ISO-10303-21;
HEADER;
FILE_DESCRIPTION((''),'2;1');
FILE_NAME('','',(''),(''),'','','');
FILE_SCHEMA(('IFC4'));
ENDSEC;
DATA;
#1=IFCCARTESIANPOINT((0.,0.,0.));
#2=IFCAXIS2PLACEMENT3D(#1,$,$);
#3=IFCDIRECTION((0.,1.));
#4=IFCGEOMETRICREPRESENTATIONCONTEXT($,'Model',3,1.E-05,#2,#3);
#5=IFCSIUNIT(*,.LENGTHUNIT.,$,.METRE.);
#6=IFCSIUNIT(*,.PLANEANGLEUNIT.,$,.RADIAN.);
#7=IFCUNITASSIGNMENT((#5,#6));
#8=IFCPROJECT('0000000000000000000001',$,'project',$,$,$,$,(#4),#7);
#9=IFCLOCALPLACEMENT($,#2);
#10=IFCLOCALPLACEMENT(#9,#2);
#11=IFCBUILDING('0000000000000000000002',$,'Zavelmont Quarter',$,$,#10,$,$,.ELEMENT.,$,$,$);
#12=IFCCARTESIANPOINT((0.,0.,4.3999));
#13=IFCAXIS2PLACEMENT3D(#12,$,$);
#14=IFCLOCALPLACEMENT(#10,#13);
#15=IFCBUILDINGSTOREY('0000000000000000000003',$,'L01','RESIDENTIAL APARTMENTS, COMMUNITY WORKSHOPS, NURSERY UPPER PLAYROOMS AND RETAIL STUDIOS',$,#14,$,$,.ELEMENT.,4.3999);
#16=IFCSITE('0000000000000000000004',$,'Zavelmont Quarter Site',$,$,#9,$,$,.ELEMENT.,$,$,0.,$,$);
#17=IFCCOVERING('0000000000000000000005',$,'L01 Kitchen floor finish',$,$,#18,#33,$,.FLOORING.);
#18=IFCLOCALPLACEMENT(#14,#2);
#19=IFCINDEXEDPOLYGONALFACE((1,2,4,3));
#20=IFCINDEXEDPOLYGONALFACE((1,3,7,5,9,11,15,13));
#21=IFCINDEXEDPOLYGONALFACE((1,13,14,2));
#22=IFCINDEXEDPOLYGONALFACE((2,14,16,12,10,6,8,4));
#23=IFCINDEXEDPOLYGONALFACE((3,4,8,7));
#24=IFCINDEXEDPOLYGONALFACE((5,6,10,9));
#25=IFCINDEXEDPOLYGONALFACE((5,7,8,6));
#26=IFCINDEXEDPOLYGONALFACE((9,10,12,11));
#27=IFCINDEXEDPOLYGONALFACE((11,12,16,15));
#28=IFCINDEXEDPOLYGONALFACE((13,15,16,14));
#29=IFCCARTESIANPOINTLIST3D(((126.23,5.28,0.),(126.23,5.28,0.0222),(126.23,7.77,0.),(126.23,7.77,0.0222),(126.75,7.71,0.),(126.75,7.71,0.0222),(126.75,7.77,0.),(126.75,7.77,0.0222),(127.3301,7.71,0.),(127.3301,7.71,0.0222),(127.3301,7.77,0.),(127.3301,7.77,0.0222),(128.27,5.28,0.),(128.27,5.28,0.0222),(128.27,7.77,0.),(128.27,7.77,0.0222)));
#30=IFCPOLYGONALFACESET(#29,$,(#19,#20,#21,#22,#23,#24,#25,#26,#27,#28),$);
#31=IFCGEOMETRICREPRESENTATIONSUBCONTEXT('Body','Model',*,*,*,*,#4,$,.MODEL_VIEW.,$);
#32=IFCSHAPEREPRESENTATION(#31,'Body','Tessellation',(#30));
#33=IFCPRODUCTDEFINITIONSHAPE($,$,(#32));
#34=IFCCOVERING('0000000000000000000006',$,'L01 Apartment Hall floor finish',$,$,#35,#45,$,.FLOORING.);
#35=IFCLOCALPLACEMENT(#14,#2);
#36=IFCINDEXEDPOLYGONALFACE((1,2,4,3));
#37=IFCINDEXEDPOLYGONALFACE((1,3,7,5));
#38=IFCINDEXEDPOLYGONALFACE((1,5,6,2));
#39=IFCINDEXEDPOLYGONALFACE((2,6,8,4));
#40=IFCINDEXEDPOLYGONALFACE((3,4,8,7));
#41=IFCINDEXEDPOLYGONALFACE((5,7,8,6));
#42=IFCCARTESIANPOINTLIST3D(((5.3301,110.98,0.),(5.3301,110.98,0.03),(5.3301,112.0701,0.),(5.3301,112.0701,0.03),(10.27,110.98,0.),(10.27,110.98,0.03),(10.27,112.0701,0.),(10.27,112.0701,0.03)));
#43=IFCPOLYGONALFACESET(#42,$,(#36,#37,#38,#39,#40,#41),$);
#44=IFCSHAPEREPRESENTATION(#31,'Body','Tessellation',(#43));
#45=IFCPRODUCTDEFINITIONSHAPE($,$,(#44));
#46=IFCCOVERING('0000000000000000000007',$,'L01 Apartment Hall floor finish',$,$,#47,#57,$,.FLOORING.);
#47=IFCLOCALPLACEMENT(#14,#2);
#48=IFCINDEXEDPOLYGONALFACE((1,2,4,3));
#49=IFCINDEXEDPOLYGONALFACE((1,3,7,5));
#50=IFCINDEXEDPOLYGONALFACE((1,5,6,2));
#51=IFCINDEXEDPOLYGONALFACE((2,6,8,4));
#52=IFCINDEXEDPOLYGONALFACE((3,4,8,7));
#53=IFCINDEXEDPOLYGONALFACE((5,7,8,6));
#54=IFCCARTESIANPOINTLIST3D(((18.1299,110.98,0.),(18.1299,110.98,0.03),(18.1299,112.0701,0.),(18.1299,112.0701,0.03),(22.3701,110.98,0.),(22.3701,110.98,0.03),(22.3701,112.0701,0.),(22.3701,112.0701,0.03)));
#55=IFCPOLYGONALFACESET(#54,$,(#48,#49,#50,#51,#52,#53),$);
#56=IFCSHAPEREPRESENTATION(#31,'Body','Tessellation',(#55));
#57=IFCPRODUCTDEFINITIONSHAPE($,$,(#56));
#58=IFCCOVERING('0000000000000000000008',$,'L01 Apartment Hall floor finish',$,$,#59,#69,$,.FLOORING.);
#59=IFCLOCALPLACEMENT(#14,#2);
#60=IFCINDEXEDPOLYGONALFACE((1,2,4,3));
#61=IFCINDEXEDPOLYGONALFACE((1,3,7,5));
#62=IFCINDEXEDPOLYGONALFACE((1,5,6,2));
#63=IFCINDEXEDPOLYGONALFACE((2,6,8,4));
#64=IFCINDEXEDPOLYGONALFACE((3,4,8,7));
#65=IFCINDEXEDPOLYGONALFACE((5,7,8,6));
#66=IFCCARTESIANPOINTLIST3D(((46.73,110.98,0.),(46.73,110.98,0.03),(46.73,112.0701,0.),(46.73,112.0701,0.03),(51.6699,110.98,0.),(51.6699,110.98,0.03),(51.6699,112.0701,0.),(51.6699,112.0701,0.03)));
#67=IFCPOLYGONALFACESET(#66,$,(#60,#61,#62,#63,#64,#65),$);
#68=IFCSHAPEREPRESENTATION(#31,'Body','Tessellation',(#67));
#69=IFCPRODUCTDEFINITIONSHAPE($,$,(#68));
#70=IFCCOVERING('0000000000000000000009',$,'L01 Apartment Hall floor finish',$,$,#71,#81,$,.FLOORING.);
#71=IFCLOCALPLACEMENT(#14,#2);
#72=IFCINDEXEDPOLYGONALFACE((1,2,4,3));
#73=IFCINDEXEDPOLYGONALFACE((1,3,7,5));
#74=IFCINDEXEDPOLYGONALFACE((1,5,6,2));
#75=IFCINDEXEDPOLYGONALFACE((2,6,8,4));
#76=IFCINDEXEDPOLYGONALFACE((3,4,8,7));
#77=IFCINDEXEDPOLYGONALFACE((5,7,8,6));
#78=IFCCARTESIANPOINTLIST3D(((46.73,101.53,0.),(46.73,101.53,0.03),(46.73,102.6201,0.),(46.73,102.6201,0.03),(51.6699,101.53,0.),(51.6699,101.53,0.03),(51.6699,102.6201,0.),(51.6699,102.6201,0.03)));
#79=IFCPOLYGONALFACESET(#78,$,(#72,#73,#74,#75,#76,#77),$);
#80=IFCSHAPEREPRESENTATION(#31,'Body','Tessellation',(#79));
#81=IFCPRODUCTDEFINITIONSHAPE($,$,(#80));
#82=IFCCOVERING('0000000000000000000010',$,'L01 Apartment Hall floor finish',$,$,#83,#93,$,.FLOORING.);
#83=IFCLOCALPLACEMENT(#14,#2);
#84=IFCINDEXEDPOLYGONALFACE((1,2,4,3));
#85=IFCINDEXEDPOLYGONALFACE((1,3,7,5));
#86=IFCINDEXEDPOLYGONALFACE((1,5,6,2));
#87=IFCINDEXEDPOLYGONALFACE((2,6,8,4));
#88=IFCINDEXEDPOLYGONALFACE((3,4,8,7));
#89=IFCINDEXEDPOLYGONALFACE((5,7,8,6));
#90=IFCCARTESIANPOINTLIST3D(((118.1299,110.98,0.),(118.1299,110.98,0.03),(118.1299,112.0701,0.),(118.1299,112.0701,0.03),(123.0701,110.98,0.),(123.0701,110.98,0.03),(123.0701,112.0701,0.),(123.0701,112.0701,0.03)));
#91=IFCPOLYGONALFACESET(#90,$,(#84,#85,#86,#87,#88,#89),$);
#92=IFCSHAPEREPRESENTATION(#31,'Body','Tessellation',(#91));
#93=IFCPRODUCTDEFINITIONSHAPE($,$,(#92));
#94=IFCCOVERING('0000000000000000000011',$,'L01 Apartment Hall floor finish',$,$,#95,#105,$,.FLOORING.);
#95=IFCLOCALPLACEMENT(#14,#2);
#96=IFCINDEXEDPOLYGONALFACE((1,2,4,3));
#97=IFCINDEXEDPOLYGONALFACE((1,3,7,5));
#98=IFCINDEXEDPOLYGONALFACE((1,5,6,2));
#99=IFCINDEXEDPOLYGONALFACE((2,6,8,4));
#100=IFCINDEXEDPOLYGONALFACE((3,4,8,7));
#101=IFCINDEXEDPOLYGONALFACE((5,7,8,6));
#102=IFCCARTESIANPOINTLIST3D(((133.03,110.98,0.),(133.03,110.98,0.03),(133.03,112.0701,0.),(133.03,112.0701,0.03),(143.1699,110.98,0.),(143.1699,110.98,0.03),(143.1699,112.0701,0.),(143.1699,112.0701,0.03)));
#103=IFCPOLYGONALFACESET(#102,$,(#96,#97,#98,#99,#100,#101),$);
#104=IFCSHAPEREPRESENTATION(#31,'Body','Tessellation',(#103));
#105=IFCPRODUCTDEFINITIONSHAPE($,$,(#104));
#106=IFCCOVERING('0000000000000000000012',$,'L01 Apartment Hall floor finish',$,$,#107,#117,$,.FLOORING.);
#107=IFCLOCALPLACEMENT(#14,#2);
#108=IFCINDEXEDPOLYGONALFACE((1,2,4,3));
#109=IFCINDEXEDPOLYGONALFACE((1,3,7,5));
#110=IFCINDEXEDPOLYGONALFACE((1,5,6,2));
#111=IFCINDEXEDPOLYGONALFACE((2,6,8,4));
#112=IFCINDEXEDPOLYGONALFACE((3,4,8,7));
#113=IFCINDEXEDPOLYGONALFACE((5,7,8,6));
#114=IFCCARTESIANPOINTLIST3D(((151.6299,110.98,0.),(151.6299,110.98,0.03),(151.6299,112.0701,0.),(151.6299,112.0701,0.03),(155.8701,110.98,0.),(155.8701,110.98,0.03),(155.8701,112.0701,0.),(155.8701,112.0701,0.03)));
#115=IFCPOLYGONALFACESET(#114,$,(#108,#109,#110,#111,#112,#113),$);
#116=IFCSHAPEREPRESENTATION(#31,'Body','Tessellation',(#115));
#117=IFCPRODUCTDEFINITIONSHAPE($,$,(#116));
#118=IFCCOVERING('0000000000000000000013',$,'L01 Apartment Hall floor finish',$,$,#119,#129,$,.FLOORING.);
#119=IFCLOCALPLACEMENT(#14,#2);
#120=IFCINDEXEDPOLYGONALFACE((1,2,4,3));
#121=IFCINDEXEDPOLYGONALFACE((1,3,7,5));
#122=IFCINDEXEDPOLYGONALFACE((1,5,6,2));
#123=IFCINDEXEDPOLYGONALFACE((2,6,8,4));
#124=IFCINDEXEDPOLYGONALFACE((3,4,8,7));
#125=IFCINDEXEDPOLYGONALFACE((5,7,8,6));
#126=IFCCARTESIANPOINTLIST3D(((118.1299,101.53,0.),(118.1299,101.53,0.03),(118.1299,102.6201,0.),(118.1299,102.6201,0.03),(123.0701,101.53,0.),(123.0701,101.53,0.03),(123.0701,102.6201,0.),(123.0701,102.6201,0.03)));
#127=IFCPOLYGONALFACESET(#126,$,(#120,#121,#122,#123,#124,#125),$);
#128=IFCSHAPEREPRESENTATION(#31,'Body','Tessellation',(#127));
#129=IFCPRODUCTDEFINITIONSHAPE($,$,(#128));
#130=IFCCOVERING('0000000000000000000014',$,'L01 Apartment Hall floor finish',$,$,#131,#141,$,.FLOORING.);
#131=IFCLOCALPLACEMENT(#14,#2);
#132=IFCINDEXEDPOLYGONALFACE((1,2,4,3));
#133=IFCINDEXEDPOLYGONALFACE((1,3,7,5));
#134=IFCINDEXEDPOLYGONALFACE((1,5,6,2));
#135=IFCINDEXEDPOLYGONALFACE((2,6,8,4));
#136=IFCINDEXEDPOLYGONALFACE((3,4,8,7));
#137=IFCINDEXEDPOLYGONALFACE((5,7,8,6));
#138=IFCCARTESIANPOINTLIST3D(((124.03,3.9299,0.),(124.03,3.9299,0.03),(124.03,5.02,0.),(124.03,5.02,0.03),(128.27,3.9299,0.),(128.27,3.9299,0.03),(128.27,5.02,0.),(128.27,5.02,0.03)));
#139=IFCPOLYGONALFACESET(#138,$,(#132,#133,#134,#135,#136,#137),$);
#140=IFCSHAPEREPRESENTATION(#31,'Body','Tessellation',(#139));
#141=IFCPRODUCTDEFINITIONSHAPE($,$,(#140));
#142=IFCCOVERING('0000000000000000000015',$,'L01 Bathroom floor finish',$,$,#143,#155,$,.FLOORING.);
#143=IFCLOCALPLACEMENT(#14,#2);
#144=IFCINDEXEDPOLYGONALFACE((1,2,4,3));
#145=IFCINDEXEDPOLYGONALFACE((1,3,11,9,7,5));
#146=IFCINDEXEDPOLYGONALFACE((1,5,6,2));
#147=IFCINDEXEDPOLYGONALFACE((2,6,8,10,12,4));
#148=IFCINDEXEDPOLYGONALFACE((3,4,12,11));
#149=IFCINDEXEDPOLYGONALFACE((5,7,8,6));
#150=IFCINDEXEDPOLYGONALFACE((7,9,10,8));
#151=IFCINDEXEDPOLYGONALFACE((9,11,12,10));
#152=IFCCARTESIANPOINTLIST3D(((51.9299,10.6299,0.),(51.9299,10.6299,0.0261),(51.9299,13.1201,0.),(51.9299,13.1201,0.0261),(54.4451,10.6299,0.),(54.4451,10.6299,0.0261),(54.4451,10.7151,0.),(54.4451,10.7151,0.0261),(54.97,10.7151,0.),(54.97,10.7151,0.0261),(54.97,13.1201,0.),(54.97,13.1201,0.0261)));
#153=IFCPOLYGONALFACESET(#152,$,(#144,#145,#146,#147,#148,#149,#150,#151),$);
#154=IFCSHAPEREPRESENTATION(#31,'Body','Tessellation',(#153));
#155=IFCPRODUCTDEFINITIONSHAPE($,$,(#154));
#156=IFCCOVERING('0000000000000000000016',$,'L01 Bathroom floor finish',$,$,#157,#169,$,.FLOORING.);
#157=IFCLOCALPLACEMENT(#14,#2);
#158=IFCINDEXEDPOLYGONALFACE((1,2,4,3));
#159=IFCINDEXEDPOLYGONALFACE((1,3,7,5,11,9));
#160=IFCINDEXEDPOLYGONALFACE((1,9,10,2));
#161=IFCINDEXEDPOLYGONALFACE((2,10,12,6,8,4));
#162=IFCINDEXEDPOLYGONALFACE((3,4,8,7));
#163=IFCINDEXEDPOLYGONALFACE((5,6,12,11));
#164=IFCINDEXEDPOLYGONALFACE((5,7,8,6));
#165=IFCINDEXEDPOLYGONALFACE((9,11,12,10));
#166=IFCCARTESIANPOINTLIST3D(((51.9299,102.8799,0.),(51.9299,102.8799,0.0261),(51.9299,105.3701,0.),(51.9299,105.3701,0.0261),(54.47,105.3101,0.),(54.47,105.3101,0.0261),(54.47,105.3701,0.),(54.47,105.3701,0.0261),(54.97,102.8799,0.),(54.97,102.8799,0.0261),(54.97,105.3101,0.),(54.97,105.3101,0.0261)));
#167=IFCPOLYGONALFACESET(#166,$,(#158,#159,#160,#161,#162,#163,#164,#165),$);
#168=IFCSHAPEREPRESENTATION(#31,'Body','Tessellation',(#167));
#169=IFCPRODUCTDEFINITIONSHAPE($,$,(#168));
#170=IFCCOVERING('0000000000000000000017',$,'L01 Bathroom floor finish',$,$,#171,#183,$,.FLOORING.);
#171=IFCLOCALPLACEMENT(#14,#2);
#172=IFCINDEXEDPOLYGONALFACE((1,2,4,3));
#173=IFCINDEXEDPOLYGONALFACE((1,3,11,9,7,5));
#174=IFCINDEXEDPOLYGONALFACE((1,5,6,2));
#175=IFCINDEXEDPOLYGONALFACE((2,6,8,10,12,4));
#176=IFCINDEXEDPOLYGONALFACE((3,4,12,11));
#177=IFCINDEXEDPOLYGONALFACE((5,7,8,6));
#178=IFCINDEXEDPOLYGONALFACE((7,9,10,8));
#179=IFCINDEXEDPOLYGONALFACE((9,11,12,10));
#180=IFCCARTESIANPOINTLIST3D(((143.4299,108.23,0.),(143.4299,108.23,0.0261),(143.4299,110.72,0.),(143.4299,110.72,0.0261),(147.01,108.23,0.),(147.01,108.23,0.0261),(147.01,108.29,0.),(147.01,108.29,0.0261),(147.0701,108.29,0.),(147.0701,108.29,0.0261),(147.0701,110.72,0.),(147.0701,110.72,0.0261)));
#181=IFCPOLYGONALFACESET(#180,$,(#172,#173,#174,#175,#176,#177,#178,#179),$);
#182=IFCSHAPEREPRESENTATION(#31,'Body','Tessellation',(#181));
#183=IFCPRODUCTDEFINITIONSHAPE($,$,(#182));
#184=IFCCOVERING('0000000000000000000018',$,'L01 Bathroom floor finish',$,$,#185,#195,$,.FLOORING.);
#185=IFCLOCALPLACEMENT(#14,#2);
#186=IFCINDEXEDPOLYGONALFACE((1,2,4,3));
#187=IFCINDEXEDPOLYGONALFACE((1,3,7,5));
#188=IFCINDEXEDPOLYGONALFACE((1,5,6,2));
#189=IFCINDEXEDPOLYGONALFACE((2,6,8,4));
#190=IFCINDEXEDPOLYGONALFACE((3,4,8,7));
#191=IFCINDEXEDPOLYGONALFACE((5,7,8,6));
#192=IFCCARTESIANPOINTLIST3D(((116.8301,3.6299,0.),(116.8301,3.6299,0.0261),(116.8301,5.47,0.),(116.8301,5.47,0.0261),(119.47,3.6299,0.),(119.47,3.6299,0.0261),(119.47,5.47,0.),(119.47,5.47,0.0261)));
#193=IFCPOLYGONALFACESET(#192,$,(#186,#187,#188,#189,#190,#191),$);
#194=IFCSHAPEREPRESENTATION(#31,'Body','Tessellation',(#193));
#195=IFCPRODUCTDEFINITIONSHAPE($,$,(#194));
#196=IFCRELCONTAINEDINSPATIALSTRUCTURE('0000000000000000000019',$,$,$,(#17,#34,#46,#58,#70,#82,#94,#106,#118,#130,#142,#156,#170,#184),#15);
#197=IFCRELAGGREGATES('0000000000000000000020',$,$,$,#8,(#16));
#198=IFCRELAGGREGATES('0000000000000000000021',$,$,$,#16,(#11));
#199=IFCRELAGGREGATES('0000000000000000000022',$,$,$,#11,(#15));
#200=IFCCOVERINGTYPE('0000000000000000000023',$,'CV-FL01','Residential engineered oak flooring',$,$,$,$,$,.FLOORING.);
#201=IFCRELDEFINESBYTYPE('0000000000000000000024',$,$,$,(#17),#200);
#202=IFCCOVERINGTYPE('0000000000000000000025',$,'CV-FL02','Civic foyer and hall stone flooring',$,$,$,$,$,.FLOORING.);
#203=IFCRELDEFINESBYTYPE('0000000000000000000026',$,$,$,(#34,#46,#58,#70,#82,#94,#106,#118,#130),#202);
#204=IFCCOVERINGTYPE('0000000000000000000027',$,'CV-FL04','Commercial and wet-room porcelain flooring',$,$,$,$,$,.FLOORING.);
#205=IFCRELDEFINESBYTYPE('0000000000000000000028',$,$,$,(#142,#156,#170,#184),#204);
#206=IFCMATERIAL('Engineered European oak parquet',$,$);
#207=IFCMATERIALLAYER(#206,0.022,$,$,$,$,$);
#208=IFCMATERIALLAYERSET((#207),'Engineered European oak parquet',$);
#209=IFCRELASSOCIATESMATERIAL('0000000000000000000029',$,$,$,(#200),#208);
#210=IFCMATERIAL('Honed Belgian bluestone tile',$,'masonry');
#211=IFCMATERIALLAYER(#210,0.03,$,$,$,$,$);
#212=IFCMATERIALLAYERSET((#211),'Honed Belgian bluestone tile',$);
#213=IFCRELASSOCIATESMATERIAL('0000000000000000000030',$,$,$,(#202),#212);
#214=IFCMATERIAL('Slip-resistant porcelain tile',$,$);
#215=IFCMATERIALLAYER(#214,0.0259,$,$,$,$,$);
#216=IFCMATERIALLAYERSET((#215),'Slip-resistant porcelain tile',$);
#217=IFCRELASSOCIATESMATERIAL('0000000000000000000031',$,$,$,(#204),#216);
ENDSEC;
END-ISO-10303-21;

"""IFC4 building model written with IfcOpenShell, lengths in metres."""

from ifc_helpers import new_model, si_unit, direction, frame, origin, place, context, subcontext, project, spatial, polyline, outline, extrude, material, layer, layer_set, type_object, element, save


model = new_model("IFC4")

# Units and contexts
model_context = context("Model", 3, precision=1e-05, world=origin(), true_north=direction((0.0, 1.0)))
body_context = subcontext(model_context, "Body", "Model", "MODEL_VIEW")
ifc_project = project(units=[si_unit("LENGTHUNIT", "METRE"), si_unit("PLANEANGLEUNIT", "RADIAN")], contexts=[model_context])

# Site, building, storey
site_placement = place(None, origin())
site = spatial("IfcSite", under=ifc_project, at=site_placement, Name="Zavelmont Quarter Site", CompositionType="ELEMENT", RefElevation=0.0)
building_placement = place(site_placement, origin())
building = spatial("IfcBuilding", under=site, at=building_placement, Name="Zavelmont Quarter", CompositionType="ELEMENT")
storey_placement = place(building_placement, frame((0.0, 0.0, 4.3999)))
storey = spatial("IfcBuildingStorey", under=building, at=storey_placement, Name="L01", Description="RESIDENTIAL APARTMENTS, COMMUNITY WORKSHOPS, NURSERY UPPER PLAYROOMS AND RETAIL STUDIOS", CompositionType="ELEMENT", Elevation=4.3999)

# Coverings
ifc_material_1 = material(Name="Engineered European oak parquet")
ifc_layer_1 = layer(ifc_material_1, 0.022)
ifc_layer_set_1 = layer_set([ifc_layer_1], Name="Engineered European oak parquet")
covering_type_1 = type_object("IfcCoveringType", Name="CV-FL01", Description="Residential engineered oak flooring", PredefinedType="FLOORING", material=ifc_layer_set_1)
covering_1_placement = place(storey_placement, origin())
element("IfcCovering", 1, at=covering_1_placement, inside=storey, type_object=covering_type_1, Name="L01 Kitchen floor finish", PredefinedType="FLOORING", context=body_context, shape_type="SweptSolid", body=[
    extrude(outline(polyline([(126.23, 7.77), (126.75, 7.77), (126.75, 7.71), (127.3301, 7.71), (127.3301, 7.77), (128.27, 7.77), (128.27, 5.28), (126.23, 5.28), (126.23, 7.77)])), origin(), (0.0, 0.0, 1.0), 0.0222),
])
ifc_material_2 = material(Name="Honed Belgian bluestone tile", Category="masonry")
ifc_layer_2 = layer(ifc_material_2, 0.03)
ifc_layer_set_2 = layer_set([ifc_layer_2], Name="Honed Belgian bluestone tile")
covering_type_2 = type_object("IfcCoveringType", Name="CV-FL02", Description="Civic foyer and hall stone flooring", PredefinedType="FLOORING", material=ifc_layer_set_2)
covering_2_placement = place(storey_placement, origin())
element("IfcCovering", 2, at=covering_2_placement, inside=storey, type_object=covering_type_2, Name="L01 Apartment Hall floor finish", PredefinedType="FLOORING", context=body_context, shape_type="SweptSolid", body=[
    extrude(outline(polyline([(5.3301, 112.0701), (10.27, 112.0701), (10.27, 110.98), (5.3301, 110.98), (5.3301, 112.0701)])), origin(), (0.0, 0.0, 1.0), 0.03),
])
covering_3_placement = place(storey_placement, origin())
element("IfcCovering", 3, at=covering_3_placement, inside=storey, type_object=covering_type_2, Name="L01 Apartment Hall floor finish", PredefinedType="FLOORING", context=body_context, shape_type="SweptSolid", body=[
    extrude(outline(polyline([(18.1299, 112.0701), (22.3701, 112.0701), (22.3701, 110.98), (18.1299, 110.98), (18.1299, 112.0701)])), origin(), (0.0, 0.0, 1.0), 0.03),
])
covering_4_placement = place(storey_placement, origin())
element("IfcCovering", 4, at=covering_4_placement, inside=storey, type_object=covering_type_2, Name="L01 Apartment Hall floor finish", PredefinedType="FLOORING", context=body_context, shape_type="SweptSolid", body=[
    extrude(outline(polyline([(46.73, 112.0701), (51.6699, 112.0701), (51.6699, 110.98), (46.73, 110.98), (46.73, 112.0701)])), origin(), (0.0, 0.0, 1.0), 0.03),
])
covering_5_placement = place(storey_placement, origin())
element("IfcCovering", 5, at=covering_5_placement, inside=storey, type_object=covering_type_2, Name="L01 Apartment Hall floor finish", PredefinedType="FLOORING", context=body_context, shape_type="SweptSolid", body=[
    extrude(outline(polyline([(46.73, 102.6201), (51.6699, 102.6201), (51.6699, 101.53), (46.73, 101.53), (46.73, 102.6201)])), origin(), (0.0, 0.0, 1.0), 0.03),
])
covering_6_placement = place(storey_placement, origin())
element("IfcCovering", 6, at=covering_6_placement, inside=storey, type_object=covering_type_2, Name="L01 Apartment Hall floor finish", PredefinedType="FLOORING", context=body_context, shape_type="SweptSolid", body=[
    extrude(outline(polyline([(118.1299, 112.0701), (123.0701, 112.0701), (123.0701, 110.98), (118.1299, 110.98), (118.1299, 112.0701)])), origin(), (0.0, 0.0, 1.0), 0.03),
])
covering_7_placement = place(storey_placement, origin())
element("IfcCovering", 7, at=covering_7_placement, inside=storey, type_object=covering_type_2, Name="L01 Apartment Hall floor finish", PredefinedType="FLOORING", context=body_context, shape_type="SweptSolid", body=[
    extrude(outline(polyline([(133.03, 112.0701), (143.1699, 112.0701), (143.1699, 110.98), (133.03, 110.98), (133.03, 112.0701)])), origin(), (0.0, 0.0, 1.0), 0.03),
])
covering_8_placement = place(storey_placement, origin())
element("IfcCovering", 8, at=covering_8_placement, inside=storey, type_object=covering_type_2, Name="L01 Apartment Hall floor finish", PredefinedType="FLOORING", context=body_context, shape_type="SweptSolid", body=[
    extrude(outline(polyline([(151.6299, 112.0701), (155.8701, 112.0701), (155.8701, 110.98), (151.6299, 110.98), (151.6299, 112.0701)])), origin(), (0.0, 0.0, 1.0), 0.03),
])
covering_9_placement = place(storey_placement, origin())
element("IfcCovering", 9, at=covering_9_placement, inside=storey, type_object=covering_type_2, Name="L01 Apartment Hall floor finish", PredefinedType="FLOORING", context=body_context, shape_type="SweptSolid", body=[
    extrude(outline(polyline([(118.1299, 102.6201), (123.0701, 102.6201), (123.0701, 101.53), (118.1299, 101.53), (118.1299, 102.6201)])), origin(), (0.0, 0.0, 1.0), 0.03),
])
covering_10_placement = place(storey_placement, origin())
element("IfcCovering", 10, at=covering_10_placement, inside=storey, type_object=covering_type_2, Name="L01 Apartment Hall floor finish", PredefinedType="FLOORING", context=body_context, shape_type="SweptSolid", body=[
    extrude(outline(polyline([(124.03, 5.02), (128.27, 5.02), (128.27, 3.9299), (124.03, 3.9299), (124.03, 5.02)])), origin(), (0.0, 0.0, 1.0), 0.03),
])
ifc_material_3 = material(Name="Slip-resistant porcelain tile")
ifc_layer_3 = layer(ifc_material_3, 0.0259)
ifc_layer_set_3 = layer_set([ifc_layer_3], Name="Slip-resistant porcelain tile")
covering_type_3 = type_object("IfcCoveringType", Name="CV-FL04", Description="Commercial and wet-room porcelain flooring", PredefinedType="FLOORING", material=ifc_layer_set_3)
covering_11_placement = place(storey_placement, origin())
element("IfcCovering", 11, at=covering_11_placement, inside=storey, type_object=covering_type_3, Name="L01 Bathroom floor finish", PredefinedType="FLOORING", context=body_context, shape_type="SweptSolid", body=[
    extrude(outline(polyline([(51.9299, 13.1201), (54.97, 13.1201), (54.97, 10.7151), (54.4451, 10.7151), (54.4451, 10.6299), (51.9299, 10.6299), (51.9299, 13.1201)])), origin(), (0.0, 0.0, 1.0), 0.0261),
])
covering_12_placement = place(storey_placement, origin())
element("IfcCovering", 12, at=covering_12_placement, inside=storey, type_object=covering_type_3, Name="L01 Bathroom floor finish", PredefinedType="FLOORING", context=body_context, shape_type="SweptSolid", body=[
    extrude(outline(polyline([(51.9299, 105.3701), (54.47, 105.3701), (54.47, 105.3101), (54.97, 105.3101), (54.97, 102.8799), (51.9299, 102.8799), (51.9299, 105.3701)])), origin(), (0.0, 0.0, 1.0), 0.0261),
])
covering_13_placement = place(storey_placement, origin())
element("IfcCovering", 13, at=covering_13_placement, inside=storey, type_object=covering_type_3, Name="L01 Bathroom floor finish", PredefinedType="FLOORING", context=body_context, shape_type="SweptSolid", body=[
    extrude(outline(polyline([(143.4299, 110.72), (147.0701, 110.72), (147.0701, 108.29), (147.01, 108.29), (147.01, 108.23), (143.4299, 108.23), (143.4299, 110.72)])), origin(), (0.0, 0.0, 1.0), 0.0261),
])
covering_14_placement = place(storey_placement, origin())
element("IfcCovering", 14, at=covering_14_placement, inside=storey, type_object=covering_type_3, Name="L01 Bathroom floor finish", PredefinedType="FLOORING", context=body_context, shape_type="SweptSolid", body=[
    extrude(outline(polyline([(116.8301, 5.47), (119.47, 5.47), (119.47, 3.6299), (116.8301, 3.6299), (116.8301, 5.47)])), origin(), (0.0, 0.0, 1.0), 0.0261),
])

save(model, "model.ifc")
